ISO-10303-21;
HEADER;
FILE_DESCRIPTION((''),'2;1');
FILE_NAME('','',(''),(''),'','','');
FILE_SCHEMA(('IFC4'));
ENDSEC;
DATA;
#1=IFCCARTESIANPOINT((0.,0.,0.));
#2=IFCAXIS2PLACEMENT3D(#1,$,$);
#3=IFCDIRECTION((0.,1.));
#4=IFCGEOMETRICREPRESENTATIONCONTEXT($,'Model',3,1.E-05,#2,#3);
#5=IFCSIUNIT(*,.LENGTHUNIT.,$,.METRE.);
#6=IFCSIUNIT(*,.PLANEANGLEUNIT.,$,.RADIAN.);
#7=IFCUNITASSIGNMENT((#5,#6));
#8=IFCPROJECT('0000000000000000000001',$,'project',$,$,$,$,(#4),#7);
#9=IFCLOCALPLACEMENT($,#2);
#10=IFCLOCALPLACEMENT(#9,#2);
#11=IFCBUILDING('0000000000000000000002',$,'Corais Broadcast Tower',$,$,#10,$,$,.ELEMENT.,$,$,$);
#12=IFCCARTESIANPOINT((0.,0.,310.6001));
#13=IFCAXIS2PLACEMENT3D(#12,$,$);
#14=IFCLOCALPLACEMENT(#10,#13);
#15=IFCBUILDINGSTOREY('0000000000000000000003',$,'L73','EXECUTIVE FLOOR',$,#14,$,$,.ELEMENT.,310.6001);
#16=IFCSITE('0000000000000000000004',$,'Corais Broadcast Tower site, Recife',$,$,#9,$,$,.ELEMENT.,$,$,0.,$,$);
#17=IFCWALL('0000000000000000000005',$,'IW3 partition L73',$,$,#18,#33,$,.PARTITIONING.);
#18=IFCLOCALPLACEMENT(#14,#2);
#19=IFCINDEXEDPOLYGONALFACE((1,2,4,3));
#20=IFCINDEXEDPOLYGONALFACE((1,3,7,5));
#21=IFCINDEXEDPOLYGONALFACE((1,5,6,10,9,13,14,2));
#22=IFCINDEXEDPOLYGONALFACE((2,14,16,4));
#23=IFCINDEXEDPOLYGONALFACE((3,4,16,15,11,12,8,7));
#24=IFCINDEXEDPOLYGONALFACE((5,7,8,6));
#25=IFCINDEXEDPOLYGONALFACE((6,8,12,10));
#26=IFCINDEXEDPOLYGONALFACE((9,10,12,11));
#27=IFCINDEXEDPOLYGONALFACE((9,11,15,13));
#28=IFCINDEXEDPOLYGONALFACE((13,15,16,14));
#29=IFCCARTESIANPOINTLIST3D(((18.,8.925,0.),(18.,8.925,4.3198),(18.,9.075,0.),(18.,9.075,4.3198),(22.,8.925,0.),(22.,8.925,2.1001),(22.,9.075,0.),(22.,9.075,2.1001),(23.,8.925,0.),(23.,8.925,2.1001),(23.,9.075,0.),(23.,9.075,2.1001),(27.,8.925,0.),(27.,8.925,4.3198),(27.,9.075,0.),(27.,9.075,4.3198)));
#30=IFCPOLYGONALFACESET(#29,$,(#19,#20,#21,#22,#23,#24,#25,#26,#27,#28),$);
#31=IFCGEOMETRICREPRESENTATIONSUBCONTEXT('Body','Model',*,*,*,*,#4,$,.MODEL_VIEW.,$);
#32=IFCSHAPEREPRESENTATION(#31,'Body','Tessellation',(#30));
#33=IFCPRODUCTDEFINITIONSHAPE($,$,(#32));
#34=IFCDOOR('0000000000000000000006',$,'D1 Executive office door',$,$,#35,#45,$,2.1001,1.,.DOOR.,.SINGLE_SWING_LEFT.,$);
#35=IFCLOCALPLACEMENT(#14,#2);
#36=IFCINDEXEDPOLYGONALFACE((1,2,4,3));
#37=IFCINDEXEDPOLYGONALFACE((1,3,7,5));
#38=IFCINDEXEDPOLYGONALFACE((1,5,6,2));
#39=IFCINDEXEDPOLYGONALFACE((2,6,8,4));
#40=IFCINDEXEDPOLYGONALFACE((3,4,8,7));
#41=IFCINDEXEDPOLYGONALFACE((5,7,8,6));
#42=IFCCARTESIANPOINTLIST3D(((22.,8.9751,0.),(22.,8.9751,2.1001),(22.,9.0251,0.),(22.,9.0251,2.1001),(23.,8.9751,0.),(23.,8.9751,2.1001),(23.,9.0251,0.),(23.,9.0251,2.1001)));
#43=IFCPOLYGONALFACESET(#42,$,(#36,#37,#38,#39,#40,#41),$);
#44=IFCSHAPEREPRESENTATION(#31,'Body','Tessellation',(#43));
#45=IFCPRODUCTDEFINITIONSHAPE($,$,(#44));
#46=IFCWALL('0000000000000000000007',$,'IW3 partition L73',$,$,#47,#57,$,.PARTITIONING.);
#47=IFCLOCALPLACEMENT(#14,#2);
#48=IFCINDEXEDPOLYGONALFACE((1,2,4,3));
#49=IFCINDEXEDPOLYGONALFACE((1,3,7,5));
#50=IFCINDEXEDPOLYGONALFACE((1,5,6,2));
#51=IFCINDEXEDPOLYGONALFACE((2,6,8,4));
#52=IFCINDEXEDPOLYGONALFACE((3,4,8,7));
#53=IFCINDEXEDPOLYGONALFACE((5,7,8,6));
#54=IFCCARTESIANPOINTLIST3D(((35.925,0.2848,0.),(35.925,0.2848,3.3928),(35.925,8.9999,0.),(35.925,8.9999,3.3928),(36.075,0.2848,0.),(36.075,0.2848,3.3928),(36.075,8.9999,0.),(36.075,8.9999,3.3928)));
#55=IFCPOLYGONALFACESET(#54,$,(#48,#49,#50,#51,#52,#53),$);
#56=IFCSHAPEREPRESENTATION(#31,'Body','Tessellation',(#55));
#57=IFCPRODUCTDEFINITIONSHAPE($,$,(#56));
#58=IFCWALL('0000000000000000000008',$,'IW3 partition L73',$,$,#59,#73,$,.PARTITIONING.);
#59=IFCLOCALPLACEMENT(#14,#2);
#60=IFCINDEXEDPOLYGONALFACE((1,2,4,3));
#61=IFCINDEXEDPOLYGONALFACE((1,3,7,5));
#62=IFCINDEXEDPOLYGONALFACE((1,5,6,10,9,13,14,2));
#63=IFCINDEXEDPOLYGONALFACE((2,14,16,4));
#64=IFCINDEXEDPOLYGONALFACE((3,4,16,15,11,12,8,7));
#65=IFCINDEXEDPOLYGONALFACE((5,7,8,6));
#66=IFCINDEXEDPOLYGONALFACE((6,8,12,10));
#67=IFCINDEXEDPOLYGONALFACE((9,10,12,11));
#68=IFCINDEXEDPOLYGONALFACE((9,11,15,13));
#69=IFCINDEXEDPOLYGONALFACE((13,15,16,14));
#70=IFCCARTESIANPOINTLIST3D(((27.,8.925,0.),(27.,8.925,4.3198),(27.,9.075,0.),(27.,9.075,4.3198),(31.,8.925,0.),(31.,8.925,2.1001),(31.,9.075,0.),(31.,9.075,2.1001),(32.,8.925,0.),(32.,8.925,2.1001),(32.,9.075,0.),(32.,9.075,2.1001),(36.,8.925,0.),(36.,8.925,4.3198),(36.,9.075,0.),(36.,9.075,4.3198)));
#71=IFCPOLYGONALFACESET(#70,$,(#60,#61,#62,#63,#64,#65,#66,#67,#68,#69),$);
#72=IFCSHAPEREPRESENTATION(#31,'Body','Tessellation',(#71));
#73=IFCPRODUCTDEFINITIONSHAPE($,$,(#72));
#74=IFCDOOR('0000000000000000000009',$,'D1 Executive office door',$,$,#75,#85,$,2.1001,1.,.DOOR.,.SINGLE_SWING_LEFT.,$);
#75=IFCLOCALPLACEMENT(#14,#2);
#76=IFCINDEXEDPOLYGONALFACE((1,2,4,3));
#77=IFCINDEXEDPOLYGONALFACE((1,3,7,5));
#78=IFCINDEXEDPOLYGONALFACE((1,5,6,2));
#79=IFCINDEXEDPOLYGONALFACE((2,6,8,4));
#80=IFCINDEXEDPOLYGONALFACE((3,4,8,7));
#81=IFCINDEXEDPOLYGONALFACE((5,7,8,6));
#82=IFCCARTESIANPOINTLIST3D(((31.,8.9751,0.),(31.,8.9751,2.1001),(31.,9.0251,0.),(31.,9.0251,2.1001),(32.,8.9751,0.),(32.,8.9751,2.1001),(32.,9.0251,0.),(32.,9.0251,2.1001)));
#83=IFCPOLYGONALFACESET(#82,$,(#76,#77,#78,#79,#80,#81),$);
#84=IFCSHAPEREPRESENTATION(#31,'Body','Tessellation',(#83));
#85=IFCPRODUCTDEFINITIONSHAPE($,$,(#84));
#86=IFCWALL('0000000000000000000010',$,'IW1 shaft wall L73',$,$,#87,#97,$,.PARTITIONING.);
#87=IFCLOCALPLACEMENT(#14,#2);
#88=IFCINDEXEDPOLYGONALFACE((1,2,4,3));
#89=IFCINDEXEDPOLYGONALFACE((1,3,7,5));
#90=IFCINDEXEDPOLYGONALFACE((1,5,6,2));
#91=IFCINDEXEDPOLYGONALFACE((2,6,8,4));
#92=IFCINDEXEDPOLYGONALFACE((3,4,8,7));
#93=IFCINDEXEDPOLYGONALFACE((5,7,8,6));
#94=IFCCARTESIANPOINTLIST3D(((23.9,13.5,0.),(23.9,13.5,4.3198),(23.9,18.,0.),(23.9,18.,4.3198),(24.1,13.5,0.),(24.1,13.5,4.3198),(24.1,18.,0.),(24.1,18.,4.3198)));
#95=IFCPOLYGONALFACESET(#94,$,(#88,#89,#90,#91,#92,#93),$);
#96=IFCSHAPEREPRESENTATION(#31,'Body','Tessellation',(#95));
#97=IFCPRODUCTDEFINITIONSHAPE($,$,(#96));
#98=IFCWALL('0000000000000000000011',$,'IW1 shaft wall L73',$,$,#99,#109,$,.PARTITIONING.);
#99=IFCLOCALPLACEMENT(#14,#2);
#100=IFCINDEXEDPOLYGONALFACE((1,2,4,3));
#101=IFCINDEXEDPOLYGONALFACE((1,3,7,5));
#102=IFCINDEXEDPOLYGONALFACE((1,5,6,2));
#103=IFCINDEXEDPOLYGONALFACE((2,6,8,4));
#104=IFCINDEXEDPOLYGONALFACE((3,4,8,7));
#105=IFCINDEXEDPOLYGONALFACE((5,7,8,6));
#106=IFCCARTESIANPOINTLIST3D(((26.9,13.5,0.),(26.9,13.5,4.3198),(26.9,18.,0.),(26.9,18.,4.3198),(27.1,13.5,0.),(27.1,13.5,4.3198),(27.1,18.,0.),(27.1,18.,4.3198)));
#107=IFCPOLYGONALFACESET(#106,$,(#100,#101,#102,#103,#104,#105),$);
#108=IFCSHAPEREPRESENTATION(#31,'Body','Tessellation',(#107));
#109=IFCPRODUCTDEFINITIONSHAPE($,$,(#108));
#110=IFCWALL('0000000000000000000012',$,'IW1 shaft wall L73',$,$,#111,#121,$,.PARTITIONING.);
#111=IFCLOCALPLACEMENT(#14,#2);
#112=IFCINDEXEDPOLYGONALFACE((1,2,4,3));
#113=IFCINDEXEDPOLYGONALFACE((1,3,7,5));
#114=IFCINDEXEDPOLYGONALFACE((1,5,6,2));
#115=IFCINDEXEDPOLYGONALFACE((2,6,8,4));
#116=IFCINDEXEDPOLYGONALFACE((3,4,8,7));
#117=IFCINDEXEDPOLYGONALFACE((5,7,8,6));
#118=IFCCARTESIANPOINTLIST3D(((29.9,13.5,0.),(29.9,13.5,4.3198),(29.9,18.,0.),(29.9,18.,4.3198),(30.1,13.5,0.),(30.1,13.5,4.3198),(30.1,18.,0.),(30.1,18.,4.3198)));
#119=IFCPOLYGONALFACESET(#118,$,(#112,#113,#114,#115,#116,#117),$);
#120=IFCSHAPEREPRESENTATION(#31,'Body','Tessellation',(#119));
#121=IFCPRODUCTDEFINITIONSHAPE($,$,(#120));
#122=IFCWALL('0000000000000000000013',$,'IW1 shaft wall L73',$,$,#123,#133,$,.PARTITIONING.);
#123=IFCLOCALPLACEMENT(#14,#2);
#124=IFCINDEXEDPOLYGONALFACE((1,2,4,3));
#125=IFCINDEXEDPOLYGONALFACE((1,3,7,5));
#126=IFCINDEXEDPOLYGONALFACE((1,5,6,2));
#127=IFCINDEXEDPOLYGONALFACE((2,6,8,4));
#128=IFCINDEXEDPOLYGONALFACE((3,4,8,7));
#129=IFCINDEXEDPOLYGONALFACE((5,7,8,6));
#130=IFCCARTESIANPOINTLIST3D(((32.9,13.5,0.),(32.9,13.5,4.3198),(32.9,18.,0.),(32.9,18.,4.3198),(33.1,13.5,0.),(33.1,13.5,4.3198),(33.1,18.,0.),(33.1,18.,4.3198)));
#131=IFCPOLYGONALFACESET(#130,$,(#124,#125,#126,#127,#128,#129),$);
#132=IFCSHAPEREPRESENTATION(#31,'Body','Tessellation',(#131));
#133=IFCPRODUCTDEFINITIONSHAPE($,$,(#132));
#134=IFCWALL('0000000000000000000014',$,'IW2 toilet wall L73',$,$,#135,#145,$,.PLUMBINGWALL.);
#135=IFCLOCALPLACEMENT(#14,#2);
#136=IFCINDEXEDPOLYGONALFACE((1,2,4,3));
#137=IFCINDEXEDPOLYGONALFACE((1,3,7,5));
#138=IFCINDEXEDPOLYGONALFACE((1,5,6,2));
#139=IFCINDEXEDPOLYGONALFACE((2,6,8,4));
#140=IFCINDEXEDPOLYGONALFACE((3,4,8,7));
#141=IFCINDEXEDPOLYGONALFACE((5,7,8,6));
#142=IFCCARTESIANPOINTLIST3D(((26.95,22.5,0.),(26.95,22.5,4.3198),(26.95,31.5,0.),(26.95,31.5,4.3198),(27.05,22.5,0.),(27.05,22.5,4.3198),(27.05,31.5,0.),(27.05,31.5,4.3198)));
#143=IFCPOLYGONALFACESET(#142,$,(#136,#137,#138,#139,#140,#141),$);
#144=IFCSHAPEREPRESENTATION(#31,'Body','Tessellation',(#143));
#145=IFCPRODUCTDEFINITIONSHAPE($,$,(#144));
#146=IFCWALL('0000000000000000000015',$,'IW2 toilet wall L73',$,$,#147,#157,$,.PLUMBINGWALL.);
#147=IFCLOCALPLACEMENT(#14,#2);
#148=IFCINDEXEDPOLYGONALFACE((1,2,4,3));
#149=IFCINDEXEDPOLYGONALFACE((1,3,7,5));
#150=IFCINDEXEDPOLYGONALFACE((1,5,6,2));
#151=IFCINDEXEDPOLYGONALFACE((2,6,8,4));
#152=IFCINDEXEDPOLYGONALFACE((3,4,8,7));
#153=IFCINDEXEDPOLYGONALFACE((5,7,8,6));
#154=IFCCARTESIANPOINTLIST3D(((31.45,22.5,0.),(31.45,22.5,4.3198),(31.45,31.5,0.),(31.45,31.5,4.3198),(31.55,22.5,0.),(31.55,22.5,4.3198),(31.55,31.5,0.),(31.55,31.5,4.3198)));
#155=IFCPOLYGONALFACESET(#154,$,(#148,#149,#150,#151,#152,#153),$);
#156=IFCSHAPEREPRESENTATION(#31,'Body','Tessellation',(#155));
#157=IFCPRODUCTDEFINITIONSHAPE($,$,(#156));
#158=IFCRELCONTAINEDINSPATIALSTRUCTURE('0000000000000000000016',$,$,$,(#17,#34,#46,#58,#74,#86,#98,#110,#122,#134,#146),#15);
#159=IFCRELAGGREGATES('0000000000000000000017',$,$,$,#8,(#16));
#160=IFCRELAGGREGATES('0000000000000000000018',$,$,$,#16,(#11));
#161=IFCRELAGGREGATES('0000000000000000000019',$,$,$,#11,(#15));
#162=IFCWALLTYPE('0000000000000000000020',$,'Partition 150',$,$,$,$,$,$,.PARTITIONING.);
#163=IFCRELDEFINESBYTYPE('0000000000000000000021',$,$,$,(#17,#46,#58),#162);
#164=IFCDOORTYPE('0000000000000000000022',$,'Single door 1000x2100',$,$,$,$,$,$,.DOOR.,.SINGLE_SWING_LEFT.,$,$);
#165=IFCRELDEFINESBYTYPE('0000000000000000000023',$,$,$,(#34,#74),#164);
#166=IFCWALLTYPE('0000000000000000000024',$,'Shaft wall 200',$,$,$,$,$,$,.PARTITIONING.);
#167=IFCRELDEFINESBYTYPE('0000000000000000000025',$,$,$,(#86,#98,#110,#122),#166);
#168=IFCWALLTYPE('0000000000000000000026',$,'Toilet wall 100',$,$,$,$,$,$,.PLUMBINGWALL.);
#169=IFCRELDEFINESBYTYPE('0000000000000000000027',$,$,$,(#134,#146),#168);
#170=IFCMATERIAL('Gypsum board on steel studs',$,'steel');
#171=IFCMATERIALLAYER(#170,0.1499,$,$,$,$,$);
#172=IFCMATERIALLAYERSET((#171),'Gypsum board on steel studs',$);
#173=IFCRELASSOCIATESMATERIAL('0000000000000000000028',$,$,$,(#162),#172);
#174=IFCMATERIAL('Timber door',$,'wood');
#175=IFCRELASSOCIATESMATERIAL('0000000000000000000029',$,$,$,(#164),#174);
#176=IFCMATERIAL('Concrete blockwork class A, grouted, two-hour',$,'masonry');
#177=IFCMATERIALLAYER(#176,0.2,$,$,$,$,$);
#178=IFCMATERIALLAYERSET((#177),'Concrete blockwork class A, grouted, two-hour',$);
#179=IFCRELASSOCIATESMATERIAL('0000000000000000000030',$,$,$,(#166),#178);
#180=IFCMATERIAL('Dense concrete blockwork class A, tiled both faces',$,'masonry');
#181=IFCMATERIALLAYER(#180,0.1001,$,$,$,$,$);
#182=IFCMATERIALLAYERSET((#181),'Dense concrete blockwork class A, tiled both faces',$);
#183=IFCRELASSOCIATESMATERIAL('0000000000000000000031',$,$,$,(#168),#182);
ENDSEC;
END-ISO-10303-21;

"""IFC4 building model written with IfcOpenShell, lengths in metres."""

from ifc_helpers import new_model, si_unit, direction, frame, frame_2d, origin, place, context, subcontext, project, spatial, rectangle, extrude, material, layer, layer_set, type_object, element, fill, save


model = new_model("IFC4")

# Units and contexts
model_context = context("Model", 3, precision=1e-05, world=origin(), true_north=direction((0.0, 1.0)))
body_context = subcontext(model_context, "Body", "Model", "MODEL_VIEW")
ifc_project = project(units=[si_unit("LENGTHUNIT", "METRE"), si_unit("PLANEANGLEUNIT", "RADIAN")], contexts=[model_context])

# Site, building, storey
site_placement = place(None, origin())
site = spatial("IfcSite", under=ifc_project, at=site_placement, Name="Corais Broadcast Tower site, Recife", CompositionType="ELEMENT", RefElevation=0.0)
building_placement = place(site_placement, origin())
building = spatial("IfcBuilding", under=site, at=building_placement, Name="Corais Broadcast Tower", CompositionType="ELEMENT")
storey_placement = place(building_placement, frame((0.0, 0.0, 310.6001)))
storey = spatial("IfcBuildingStorey", under=building, at=storey_placement, Name="L73", Description="EXECUTIVE FLOOR", CompositionType="ELEMENT", Elevation=310.6001)

# Shared definitions
ifc_material_1 = material(Name="Gypsum board on steel studs", Category="steel")
ifc_layer_1 = layer(ifc_material_1, 0.1499)
ifc_layer_set_1 = layer_set([ifc_layer_1], Name="Gypsum board on steel studs")
wall_type_1 = type_object("IfcWallType", Name="Partition 150", PredefinedType="PARTITIONING", material=ifc_layer_set_1)

# Wall, opening, door
wall_1_placement = place(storey_placement, frame((27.0, 9.0, 0.0), z_axis=(0.0, 0.0, 1.0), x_axis=(-1.0, 0.0, 0.0)))
wall_1 = element("IfcWall", 1, at=wall_1_placement, inside=storey, type_object=wall_type_1, Name="IW3 partition L73", PredefinedType="PARTITIONING", context=body_context, shape_type="SweptSolid", body=[
    extrude(rectangle(XDim=9.0, YDim=0.1499, at=frame_2d((4.5, 0.0))), origin(), (0.0, 0.0, 1.0), 4.3198),
])
opening_1_placement = place(wall_1_placement, frame((4.0, 0.0, 0.0)))
opening_1 = element("IfcOpeningElement", 2, at=opening_1_placement, cuts=wall_1, PredefinedType="OPENING", context=body_context, shape_type="SweptSolid", body=[
    extrude(rectangle(XDim=1.0, YDim=2.1001, at=frame_2d((0.5, 1.05))), frame((0.0, 0.085, 0.0), z_axis=(0.0, -1.0, 0.0), x_axis=(1.0, 0.0, 0.0)), (0.0, 0.0, 1.0), 0.1699),
])
ifc_material_2 = material(Name="Timber door", Category="wood")
door_type = type_object("IfcDoorType", Name="Single door 1000x2100", OperationType="SINGLE_SWING_LEFT", PredefinedType="DOOR", material=ifc_material_2)
door_1_placement = place(opening_1_placement, origin())
door_1 = element("IfcDoor", 3, at=door_1_placement, inside=storey, type_object=door_type, Name="D1 Executive office door", OperationType="SINGLE_SWING_LEFT", OverallHeight=2.1001, OverallWidth=1.0, PredefinedType="DOOR", context=body_context, shape_type="SweptSolid", body=[
    extrude(rectangle(XDim=1.0, YDim=2.1001, at=frame_2d((0.5, 1.05))), frame((0.0, 0.0249, 0.0), z_axis=(0.0, -1.0, 0.0), x_axis=(1.0, 0.0, 0.0)), (0.0, 0.0, 1.0), 0.05),
])
fill(opening_1, door_1)

# Wall
wall_2_placement = place(storey_placement, frame((36.0, 0.2849, 0.0), z_axis=(0.0, 0.0, 1.0), x_axis=(0.0, 1.0, 0.0)))
element("IfcWall", 4, at=wall_2_placement, inside=storey, type_object=wall_type_1, Name="IW3 partition L73", PredefinedType="PARTITIONING", context=body_context, shape_type="SweptSolid", body=[
    extrude(rectangle(XDim=8.7151, YDim=0.1499, at=frame_2d((4.3574, 0.0))), origin(), (0.0, 0.0, 1.0), 3.3928),
])

# Wall, opening, door
wall_3_placement = place(storey_placement, frame((36.0, 9.0, 0.0), z_axis=(0.0, 0.0, 1.0), x_axis=(-1.0, 0.0, 0.0)))
wall_3 = element("IfcWall", 5, at=wall_3_placement, inside=storey, type_object=wall_type_1, Name="IW3 partition L73", PredefinedType="PARTITIONING", context=body_context, shape_type="SweptSolid", body=[
    extrude(rectangle(XDim=9.0, YDim=0.1499, at=frame_2d((4.5, 0.0))), origin(), (0.0, 0.0, 1.0), 4.3198),
])
opening_2_placement = place(wall_3_placement, frame((4.0, 0.0, 0.0)))
opening_2 = element("IfcOpeningElement", 6, at=opening_2_placement, cuts=wall_3, PredefinedType="OPENING", context=body_context, shape_type="SweptSolid", body=[
    extrude(rectangle(XDim=1.0, YDim=2.1001, at=frame_2d((0.5, 1.05))), frame((0.0, 0.085, 0.0), z_axis=(0.0, -1.0, 0.0), x_axis=(1.0, 0.0, 0.0)), (0.0, 0.0, 1.0), 0.1699),
])
door_2_placement = place(opening_2_placement, origin())
door_2 = element("IfcDoor", 7, at=door_2_placement, inside=storey, type_object=door_type, Name="D1 Executive office door", OperationType="SINGLE_SWING_LEFT", OverallHeight=2.1001, OverallWidth=1.0, PredefinedType="DOOR", context=body_context, shape_type="SweptSolid", body=[
    extrude(rectangle(XDim=1.0, YDim=2.1001, at=frame_2d((0.5, 1.05))), frame((0.0, 0.0249, 0.0), z_axis=(0.0, -1.0, 0.0), x_axis=(1.0, 0.0, 0.0)), (0.0, 0.0, 1.0), 0.05),
])
fill(opening_2, door_2)

# Walls
ifc_material_3 = material(Name="Concrete blockwork class A, grouted, two-hour", Category="masonry")
ifc_layer_2 = layer(ifc_material_3, 0.2)
ifc_layer_set_2 = layer_set([ifc_layer_2], Name="Concrete blockwork class A, grouted, two-hour")
wall_type_2 = type_object("IfcWallType", Name="Shaft wall 200", PredefinedType="PARTITIONING", material=ifc_layer_set_2)
for number, where, z_axis, x_axis, name in (
    (8, (24.0, 13.5, 0.0), (0.0, 0.0, 1.0), (0.0, 1.0, 0.0), "IW1 shaft wall L73"),
    (9, (27.0, 13.5, 0.0), (0.0, 0.0, 1.0), (0.0, 1.0, 0.0), "IW1 shaft wall L73"),
    (10, (30.0, 13.5, 0.0), (0.0, 0.0, 1.0), (0.0, 1.0, 0.0), "IW1 shaft wall L73"),
    (11, (33.0, 13.5, 0.0), (0.0, 0.0, 1.0), (0.0, 1.0, 0.0), "IW1 shaft wall L73"),
):
    element("IfcWall", number, at=place(storey_placement, frame(where, z_axis=z_axis, x_axis=x_axis)), inside=storey, type_object=wall_type_2, Name=name, PredefinedType="PARTITIONING", context=body_context, shape_type="SweptSolid", body=[
        extrude(rectangle(XDim=4.5, YDim=0.2, at=frame_2d((2.25, 0.0))), origin(), (0.0, 0.0, 1.0), 4.3198),
    ])
ifc_material_4 = material(Name="Dense concrete blockwork class A, tiled both faces", Category="masonry")
ifc_layer_3 = layer(ifc_material_4, 0.1001)
ifc_layer_set_3 = layer_set([ifc_layer_3], Name="Dense concrete blockwork class A, tiled both faces")
wall_type_3 = type_object("IfcWallType", Name="Toilet wall 100", PredefinedType="PLUMBINGWALL", material=ifc_layer_set_3)
for number, where, z_axis, x_axis, name in (
    (12, (27.0, 22.5, 0.0), (0.0, 0.0, 1.0), (0.0, 1.0, 0.0), "IW2 toilet wall L73"),
    (13, (31.5, 22.5, 0.0), (0.0, 0.0, 1.0), (0.0, 1.0, 0.0), "IW2 toilet wall L73"),
):
    element("IfcWall", number, at=place(storey_placement, frame(where, z_axis=z_axis, x_axis=x_axis)), inside=storey, type_object=wall_type_3, Name=name, PredefinedType="PLUMBINGWALL", context=body_context, shape_type="SweptSolid", body=[
        extrude(rectangle(XDim=9.0, YDim=0.1001, at=frame_2d((4.5, 0.0))), origin(), (0.0, 0.0, 1.0), 4.3198),
    ])

save(model, "model.ifc")
